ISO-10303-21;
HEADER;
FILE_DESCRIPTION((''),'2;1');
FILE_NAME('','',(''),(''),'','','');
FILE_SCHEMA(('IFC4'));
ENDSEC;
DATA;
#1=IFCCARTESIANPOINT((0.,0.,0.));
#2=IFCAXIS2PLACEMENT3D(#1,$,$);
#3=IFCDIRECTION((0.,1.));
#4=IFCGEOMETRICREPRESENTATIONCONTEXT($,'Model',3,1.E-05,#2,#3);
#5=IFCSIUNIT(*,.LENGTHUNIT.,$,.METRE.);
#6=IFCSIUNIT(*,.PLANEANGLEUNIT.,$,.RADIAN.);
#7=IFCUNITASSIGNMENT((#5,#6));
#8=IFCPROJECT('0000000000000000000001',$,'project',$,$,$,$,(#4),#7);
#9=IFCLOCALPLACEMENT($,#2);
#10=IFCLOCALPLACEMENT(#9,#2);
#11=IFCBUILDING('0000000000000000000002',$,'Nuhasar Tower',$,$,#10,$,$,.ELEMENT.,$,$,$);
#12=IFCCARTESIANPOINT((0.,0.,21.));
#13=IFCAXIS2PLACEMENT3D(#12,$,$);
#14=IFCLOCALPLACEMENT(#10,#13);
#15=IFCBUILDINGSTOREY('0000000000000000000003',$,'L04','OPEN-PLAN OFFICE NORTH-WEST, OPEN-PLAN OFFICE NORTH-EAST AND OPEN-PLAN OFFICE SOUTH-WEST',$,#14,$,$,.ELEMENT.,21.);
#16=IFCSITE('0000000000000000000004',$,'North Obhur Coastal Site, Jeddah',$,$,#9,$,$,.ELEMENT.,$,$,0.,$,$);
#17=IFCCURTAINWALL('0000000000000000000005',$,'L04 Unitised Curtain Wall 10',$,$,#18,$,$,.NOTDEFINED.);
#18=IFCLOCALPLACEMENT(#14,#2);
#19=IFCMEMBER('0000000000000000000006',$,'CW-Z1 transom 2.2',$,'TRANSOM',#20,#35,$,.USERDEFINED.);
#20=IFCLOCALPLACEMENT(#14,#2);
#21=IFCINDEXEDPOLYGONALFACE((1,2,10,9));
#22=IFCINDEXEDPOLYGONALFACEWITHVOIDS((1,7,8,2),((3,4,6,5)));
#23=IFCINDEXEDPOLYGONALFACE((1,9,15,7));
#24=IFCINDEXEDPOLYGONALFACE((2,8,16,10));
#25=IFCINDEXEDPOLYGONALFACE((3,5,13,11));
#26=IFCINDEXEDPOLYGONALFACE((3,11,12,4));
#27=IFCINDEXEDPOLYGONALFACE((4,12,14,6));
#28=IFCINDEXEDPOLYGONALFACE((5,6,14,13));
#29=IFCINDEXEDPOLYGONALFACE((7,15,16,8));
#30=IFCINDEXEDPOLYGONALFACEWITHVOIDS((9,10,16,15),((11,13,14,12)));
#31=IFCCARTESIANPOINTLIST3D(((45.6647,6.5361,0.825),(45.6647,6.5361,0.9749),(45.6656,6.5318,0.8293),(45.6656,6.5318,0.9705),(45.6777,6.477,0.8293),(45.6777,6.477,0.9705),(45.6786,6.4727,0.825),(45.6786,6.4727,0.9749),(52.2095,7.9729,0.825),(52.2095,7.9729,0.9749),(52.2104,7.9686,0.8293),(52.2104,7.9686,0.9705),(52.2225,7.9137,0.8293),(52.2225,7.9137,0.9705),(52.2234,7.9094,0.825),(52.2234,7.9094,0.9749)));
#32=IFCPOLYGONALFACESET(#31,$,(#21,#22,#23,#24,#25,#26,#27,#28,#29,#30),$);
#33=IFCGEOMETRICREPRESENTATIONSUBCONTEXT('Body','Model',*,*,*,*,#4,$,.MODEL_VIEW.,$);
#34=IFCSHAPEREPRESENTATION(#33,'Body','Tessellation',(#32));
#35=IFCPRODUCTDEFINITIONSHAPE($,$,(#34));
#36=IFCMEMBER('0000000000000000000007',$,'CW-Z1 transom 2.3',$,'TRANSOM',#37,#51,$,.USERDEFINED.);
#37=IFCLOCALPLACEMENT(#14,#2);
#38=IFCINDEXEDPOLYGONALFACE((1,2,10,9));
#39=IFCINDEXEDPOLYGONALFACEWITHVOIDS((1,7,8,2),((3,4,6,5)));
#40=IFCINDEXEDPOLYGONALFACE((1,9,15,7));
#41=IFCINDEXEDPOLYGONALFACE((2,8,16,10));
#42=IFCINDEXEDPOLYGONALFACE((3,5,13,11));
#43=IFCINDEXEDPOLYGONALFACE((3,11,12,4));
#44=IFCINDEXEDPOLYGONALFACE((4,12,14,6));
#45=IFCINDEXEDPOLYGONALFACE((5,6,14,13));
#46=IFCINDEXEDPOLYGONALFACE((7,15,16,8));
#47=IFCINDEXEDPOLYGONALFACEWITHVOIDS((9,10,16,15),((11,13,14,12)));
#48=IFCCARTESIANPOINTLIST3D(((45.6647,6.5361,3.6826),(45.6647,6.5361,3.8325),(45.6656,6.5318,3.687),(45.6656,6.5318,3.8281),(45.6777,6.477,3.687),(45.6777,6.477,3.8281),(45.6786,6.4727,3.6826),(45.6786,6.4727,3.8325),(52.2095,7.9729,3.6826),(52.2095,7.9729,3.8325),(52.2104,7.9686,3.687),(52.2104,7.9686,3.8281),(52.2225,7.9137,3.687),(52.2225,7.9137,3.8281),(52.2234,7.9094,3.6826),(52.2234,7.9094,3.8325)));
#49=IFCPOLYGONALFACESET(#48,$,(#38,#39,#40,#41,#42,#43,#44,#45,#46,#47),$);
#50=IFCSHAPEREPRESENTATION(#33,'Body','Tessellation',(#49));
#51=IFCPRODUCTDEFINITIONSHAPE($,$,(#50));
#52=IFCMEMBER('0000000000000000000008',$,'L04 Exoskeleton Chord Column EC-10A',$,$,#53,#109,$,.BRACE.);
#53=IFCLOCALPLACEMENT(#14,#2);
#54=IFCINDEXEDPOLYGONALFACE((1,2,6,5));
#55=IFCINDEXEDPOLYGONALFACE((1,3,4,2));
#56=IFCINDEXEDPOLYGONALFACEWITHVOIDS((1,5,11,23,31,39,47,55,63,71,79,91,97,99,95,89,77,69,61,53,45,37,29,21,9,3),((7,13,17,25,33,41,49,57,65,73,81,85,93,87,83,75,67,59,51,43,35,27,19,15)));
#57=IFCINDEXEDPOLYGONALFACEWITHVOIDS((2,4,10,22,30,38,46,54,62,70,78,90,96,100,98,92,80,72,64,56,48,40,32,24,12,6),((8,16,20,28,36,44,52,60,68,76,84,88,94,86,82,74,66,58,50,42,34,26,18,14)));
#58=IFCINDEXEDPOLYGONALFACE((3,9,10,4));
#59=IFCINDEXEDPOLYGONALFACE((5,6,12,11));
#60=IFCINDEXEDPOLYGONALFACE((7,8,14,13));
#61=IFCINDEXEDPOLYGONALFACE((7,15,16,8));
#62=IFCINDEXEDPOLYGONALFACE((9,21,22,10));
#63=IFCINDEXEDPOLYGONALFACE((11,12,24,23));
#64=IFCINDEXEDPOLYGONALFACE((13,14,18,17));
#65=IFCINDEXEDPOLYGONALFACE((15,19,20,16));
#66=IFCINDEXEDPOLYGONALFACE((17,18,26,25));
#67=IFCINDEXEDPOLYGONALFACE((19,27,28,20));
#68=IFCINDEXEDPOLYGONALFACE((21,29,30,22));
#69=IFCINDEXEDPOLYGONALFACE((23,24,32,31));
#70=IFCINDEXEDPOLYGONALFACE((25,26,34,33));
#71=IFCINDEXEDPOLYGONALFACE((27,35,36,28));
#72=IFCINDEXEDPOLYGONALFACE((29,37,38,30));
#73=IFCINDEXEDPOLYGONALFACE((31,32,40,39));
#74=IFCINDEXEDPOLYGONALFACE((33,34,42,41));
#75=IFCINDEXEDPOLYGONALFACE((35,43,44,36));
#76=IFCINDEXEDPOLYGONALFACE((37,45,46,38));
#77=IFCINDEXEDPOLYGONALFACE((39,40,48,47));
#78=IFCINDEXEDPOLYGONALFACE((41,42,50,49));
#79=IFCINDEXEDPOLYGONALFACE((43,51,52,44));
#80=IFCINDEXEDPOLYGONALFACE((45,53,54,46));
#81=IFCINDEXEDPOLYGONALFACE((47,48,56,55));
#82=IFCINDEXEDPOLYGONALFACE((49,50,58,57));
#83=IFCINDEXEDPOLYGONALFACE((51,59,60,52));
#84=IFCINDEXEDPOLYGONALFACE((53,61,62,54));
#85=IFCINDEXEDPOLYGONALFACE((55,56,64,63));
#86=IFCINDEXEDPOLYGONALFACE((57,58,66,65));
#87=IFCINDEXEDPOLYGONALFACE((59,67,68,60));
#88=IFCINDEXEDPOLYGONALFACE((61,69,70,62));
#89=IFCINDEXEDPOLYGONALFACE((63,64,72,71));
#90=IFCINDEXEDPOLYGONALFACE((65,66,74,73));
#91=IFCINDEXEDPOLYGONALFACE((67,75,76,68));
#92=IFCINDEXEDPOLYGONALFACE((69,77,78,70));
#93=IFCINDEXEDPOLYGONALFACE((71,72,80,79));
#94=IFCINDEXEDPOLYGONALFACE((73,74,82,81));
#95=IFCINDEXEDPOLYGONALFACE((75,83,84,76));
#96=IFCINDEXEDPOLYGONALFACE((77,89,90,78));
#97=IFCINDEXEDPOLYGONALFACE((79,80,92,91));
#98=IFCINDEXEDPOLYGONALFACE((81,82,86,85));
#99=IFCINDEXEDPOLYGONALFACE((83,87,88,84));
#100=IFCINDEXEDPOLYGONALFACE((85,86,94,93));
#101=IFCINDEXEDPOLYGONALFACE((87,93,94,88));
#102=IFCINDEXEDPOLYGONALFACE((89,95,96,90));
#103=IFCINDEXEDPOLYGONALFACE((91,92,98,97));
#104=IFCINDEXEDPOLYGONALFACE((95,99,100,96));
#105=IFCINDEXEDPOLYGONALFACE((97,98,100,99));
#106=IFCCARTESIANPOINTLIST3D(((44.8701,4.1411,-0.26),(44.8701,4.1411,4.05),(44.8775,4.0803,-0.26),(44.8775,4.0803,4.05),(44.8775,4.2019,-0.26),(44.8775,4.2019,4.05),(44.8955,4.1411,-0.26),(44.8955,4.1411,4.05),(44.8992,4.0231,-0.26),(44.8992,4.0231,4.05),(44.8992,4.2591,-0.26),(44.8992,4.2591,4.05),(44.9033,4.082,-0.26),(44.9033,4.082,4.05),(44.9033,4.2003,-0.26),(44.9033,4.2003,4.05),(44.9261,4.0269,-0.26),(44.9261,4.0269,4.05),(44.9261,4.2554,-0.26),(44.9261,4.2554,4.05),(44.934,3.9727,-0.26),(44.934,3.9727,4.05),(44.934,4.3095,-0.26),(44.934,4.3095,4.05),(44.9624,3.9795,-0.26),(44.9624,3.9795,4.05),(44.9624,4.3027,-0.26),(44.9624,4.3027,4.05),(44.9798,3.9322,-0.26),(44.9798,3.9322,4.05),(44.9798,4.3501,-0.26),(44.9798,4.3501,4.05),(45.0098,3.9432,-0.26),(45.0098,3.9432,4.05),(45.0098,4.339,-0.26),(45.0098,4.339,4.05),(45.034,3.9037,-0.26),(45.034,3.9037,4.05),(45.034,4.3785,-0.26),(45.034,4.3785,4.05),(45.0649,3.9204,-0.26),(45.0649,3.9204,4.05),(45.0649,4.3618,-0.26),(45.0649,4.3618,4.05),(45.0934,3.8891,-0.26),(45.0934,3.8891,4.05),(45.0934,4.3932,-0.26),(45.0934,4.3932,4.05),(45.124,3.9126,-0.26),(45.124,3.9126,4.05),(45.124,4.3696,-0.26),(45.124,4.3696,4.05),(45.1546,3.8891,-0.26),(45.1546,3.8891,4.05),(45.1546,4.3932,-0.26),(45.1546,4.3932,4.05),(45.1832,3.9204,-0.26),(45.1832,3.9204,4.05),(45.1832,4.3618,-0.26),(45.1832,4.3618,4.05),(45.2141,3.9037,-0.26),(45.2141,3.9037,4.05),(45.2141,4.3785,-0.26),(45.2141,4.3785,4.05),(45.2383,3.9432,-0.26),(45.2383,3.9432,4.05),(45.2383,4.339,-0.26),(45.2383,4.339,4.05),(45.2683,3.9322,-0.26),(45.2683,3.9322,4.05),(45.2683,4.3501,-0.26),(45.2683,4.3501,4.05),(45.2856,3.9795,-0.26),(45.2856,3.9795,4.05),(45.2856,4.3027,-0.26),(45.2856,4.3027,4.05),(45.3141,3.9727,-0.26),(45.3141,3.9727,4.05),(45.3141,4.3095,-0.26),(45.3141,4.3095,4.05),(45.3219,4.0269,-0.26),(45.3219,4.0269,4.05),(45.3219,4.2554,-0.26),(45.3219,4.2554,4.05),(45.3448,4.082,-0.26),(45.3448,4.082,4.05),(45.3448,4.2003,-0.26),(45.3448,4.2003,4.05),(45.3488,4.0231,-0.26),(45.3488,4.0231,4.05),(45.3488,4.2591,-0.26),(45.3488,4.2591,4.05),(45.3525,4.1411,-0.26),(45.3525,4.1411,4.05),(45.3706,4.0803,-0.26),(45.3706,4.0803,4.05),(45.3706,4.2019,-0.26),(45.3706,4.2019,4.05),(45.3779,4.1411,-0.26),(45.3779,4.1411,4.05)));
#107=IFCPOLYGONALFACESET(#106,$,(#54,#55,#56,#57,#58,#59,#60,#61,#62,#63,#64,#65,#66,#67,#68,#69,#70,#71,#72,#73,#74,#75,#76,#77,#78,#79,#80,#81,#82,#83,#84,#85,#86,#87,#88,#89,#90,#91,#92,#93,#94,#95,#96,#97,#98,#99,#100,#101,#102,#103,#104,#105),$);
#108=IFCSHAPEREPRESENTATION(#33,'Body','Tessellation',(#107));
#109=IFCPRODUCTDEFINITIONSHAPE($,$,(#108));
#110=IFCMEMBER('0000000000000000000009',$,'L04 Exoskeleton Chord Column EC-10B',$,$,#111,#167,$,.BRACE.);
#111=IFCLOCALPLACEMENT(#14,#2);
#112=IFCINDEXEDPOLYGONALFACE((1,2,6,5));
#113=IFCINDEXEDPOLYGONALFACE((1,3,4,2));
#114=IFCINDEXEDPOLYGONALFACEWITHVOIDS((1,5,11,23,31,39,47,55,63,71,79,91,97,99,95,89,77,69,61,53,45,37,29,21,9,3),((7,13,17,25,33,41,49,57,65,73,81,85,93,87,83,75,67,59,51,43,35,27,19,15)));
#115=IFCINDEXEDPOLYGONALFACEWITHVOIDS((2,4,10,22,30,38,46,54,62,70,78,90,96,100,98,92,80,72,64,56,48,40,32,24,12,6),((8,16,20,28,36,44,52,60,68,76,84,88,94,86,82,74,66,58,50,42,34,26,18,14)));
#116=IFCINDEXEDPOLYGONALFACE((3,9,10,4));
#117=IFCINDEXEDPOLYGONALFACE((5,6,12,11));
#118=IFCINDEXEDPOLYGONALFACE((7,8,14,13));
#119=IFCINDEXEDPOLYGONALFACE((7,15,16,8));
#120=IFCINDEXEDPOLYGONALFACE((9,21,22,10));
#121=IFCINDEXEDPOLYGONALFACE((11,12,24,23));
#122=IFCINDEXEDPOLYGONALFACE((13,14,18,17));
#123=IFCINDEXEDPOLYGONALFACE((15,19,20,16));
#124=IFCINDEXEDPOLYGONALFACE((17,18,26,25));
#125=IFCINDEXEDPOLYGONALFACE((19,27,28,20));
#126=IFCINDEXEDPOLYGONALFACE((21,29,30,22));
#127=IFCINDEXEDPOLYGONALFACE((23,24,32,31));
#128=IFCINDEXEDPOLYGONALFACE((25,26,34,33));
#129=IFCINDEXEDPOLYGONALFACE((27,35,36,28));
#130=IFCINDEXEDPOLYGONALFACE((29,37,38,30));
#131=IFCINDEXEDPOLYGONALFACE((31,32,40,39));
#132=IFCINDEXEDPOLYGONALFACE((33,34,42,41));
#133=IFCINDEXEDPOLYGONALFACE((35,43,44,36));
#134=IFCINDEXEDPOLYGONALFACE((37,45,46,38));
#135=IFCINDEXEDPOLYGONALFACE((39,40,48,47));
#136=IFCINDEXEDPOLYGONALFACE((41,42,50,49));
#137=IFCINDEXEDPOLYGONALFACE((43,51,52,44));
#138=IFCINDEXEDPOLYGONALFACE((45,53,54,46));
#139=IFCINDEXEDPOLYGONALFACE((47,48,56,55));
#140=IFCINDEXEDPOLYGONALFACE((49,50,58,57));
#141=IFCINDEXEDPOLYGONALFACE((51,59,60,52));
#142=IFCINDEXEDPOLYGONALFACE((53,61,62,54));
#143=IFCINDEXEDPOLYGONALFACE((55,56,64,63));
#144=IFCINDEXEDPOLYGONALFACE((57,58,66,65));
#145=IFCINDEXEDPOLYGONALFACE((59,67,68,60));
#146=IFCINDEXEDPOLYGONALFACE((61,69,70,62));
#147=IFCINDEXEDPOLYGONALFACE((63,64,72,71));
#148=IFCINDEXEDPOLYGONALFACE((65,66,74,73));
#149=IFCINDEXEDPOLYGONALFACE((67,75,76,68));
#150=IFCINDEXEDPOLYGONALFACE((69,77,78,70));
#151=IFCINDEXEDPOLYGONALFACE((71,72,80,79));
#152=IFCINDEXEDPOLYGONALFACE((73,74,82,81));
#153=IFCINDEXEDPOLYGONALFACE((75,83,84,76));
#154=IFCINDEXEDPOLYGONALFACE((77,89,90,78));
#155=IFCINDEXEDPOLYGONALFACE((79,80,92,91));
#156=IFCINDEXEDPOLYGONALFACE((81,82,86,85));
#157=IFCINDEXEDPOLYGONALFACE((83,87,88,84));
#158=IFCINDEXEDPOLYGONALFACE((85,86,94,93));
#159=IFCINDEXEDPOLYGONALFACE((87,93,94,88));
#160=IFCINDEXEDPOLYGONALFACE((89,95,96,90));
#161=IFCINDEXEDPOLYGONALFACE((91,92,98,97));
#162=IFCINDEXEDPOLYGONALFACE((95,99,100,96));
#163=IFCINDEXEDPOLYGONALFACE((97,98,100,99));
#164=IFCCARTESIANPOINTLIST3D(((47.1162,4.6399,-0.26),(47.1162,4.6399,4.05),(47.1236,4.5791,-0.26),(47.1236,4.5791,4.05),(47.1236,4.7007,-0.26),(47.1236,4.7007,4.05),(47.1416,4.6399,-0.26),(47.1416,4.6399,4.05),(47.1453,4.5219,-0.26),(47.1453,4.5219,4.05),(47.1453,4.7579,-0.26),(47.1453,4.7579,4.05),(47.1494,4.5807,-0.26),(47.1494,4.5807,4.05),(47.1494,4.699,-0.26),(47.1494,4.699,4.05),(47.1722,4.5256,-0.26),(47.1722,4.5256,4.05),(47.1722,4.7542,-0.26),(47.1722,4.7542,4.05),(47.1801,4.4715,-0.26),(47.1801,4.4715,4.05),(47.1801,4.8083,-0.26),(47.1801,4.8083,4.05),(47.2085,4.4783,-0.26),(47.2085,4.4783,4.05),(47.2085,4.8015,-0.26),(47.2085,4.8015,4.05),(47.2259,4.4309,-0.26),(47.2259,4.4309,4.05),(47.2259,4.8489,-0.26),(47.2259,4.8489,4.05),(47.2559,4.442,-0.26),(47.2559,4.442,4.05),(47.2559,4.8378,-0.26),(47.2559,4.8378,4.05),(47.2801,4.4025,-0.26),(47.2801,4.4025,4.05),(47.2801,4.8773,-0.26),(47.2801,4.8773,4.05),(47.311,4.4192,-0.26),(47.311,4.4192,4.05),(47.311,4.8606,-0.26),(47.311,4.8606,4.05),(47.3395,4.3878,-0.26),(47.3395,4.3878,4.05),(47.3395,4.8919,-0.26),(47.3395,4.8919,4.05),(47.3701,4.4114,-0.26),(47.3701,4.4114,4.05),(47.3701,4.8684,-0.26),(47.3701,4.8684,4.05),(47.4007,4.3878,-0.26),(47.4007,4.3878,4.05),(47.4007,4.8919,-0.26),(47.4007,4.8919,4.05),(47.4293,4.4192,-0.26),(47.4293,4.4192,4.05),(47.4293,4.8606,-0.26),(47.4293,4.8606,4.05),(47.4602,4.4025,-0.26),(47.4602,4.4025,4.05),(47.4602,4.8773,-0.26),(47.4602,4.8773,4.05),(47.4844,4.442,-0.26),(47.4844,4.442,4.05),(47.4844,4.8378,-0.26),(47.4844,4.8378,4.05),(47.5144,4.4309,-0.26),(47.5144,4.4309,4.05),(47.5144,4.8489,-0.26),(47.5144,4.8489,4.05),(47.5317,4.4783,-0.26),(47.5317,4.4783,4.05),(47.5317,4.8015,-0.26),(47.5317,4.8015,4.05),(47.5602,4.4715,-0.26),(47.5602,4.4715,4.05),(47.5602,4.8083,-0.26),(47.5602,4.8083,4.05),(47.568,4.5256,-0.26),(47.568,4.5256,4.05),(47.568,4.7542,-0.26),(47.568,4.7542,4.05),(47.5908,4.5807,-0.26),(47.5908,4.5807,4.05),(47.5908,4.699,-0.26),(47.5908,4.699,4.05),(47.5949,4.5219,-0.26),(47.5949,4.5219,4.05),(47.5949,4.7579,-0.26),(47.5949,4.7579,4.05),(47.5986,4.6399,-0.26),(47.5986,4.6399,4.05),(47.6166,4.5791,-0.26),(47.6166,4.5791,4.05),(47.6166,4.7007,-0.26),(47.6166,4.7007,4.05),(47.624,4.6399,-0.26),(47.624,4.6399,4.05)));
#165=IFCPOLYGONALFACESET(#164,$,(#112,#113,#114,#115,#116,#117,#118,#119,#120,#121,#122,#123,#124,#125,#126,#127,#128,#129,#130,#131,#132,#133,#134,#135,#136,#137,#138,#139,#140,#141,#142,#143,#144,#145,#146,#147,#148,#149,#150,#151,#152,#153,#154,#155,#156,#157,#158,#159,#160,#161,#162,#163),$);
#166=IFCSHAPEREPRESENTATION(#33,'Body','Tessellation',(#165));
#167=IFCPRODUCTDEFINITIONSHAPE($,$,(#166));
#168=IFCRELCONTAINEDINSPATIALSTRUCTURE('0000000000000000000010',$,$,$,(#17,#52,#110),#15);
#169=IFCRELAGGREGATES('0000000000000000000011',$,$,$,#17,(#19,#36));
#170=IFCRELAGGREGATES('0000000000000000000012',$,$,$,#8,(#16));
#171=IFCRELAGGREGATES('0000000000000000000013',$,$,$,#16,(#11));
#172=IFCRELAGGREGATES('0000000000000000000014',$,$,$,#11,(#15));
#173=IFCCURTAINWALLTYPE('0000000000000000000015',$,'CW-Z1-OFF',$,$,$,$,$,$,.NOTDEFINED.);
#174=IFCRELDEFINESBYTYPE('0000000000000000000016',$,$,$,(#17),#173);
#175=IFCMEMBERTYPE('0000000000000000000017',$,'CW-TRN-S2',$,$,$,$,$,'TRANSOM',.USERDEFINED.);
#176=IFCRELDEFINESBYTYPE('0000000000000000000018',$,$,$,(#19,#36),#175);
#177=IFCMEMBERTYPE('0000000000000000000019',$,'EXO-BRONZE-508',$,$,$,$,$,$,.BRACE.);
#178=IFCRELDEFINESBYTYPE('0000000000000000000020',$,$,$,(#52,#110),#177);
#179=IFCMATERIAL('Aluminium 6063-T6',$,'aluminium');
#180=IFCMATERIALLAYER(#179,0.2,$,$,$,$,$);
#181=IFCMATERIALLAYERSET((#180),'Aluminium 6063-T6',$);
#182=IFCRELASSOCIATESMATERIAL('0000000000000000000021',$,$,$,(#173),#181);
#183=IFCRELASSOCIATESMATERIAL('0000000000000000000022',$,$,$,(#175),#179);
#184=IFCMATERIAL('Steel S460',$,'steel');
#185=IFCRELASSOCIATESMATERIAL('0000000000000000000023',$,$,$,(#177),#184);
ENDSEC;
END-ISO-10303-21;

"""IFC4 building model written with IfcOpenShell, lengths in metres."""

from ifc_helpers import new_model, si_unit, direction, frame, origin, origin_2d, place, context, subcontext, project, spatial, hollow_rectangle, hollow_circle, extrude, material, layer, layer_set, material_profile, profile_set, type_object, element, aggregate, save


model = new_model("IFC4")

# Units and contexts
model_context = context("Model", 3, precision=1e-05, world=origin(), true_north=direction((0.0, 1.0)))
body_context = subcontext(model_context, "Body", "Model", "MODEL_VIEW")
ifc_project = project(units=[si_unit("LENGTHUNIT", "METRE"), si_unit("PLANEANGLEUNIT", "RADIAN")], contexts=[model_context])

# Site, building, storey
site_placement = place(None, origin())
site = spatial("IfcSite", under=ifc_project, at=site_placement, Name="North Obhur Coastal Site, Jeddah", CompositionType="ELEMENT", RefElevation=0.0)
building_placement = place(site_placement, origin())
building = spatial("IfcBuilding", under=site, at=building_placement, Name="Nuhasar Tower", CompositionType="ELEMENT")
storey_placement = place(building_placement, frame((0.0, 0.0, 21.0)))
storey = spatial("IfcBuildingStorey", under=building, at=storey_placement, Name="L04", Description="OPEN-PLAN OFFICE NORTH-WEST, OPEN-PLAN OFFICE NORTH-EAST AND OPEN-PLAN OFFICE SOUTH-WEST", CompositionType="ELEMENT", Elevation=21.0)

# Shared definitions
ifc_material_1 = material(Name="Steel S460", Category="steel")

# Curtain wall, members
ifc_material_2 = material(Name="Aluminium 6063-T6", Category="aluminium")
ifc_layer_1 = layer(ifc_material_2, 0.2)
ifc_layer_set_1 = layer_set([ifc_layer_1], Name="Aluminium 6063-T6")
curtain_wall_type = type_object("IfcCurtainWallType", Name="CW-Z1-OFF", PredefinedType="NOTDEFINED", material=ifc_layer_set_1)
curtain_wall_placement = place(storey_placement, origin())
curtain_wall = element("IfcCurtainWall", 1, at=curtain_wall_placement, inside=storey, type_object=curtain_wall_type, Name="L04 Unitised Curtain Wall 10", PredefinedType="NOTDEFINED")
ifc_material_profile_1 = material_profile(ifc_material_2, hollow_rectangle(XDim=0.0649, YDim=0.1499, WallThickness=0.0044, at=origin_2d()), Name="CWT-2")
ifc_profile_set_1 = profile_set([ifc_material_profile_1], Name="Aluminium 6063-T6")
member_type_1 = type_object("IfcMemberType", Name="CW-TRN-S2", ElementType="TRANSOM", PredefinedType="USERDEFINED", material=ifc_profile_set_1)
member_1_placement = place(storey_placement, frame((45.6716, 6.5044, 0.8999), z_axis=(0.976742, 0.214418, 0.0), x_axis=(-0.214418, 0.976742, 0.0)))
member_1 = element("IfcMember", 2, at=member_1_placement, type_object=member_type_1, Name="CW-Z1 transom 2.2", ObjectType="TRANSOM", PredefinedType="USERDEFINED", context=body_context, shape_type="SweptSolid", body=[
    extrude(hollow_rectangle(XDim=0.0649, YDim=0.1499, WallThickness=0.0044, at=origin_2d()), origin(), (0.0, 0.0, 1.0), 6.7007),
])
member_2_placement = place(storey_placement, frame((45.6716, 6.5044, 3.7576), z_axis=(0.976742, 0.214418, 0.0), x_axis=(-0.214418, 0.976742, 0.0)))
member_2 = element("IfcMember", 3, at=member_2_placement, type_object=member_type_1, Name="CW-Z1 transom 2.3", ObjectType="TRANSOM", PredefinedType="USERDEFINED", context=body_context, shape_type="SweptSolid", body=[
    extrude(hollow_rectangle(XDim=0.0649, YDim=0.1499, WallThickness=0.0044, at=origin_2d()), origin(), (0.0, 0.0, 1.0), 6.7007),
])

# Members
ifc_material_profile_2 = material_profile(ifc_material_1, hollow_circle(Radius=0.2539, WallThickness=0.0254, at=origin_2d()), Name="HSS508X25.4")
ifc_profile_set_2 = profile_set([ifc_material_profile_2], Name="Steel S460")
member_type_2 = type_object("IfcMemberType", Name="EXO-BRONZE-508", PredefinedType="BRACE", material=ifc_profile_set_2)
for number, where, z_axis, x_axis, name in (
    (4, (45.124, 4.1411, -0.26), (0.0, 0.0, 1.0), (1.0, 0.0, 0.0), "L04 Exoskeleton Chord Column EC-10A"),
    (5, (47.3701, 4.6399, -0.26), (0.0, 0.0, 1.0), (1.0, 0.0, 0.0), "L04 Exoskeleton Chord Column EC-10B"),
):
    element("IfcMember", number, at=place(storey_placement, frame(where, z_axis=z_axis, x_axis=x_axis)), inside=storey, type_object=member_type_2, Name=name, PredefinedType="BRACE", context=body_context, shape_type="SweptSolid", body=[
        extrude(hollow_circle(Radius=0.2539, WallThickness=0.0254, at=origin_2d()), origin(), (0.0, 0.0, 1.0), 4.3101),
    ])

aggregate(curtain_wall, [member_1, member_2])

save(model, "model.ifc")
